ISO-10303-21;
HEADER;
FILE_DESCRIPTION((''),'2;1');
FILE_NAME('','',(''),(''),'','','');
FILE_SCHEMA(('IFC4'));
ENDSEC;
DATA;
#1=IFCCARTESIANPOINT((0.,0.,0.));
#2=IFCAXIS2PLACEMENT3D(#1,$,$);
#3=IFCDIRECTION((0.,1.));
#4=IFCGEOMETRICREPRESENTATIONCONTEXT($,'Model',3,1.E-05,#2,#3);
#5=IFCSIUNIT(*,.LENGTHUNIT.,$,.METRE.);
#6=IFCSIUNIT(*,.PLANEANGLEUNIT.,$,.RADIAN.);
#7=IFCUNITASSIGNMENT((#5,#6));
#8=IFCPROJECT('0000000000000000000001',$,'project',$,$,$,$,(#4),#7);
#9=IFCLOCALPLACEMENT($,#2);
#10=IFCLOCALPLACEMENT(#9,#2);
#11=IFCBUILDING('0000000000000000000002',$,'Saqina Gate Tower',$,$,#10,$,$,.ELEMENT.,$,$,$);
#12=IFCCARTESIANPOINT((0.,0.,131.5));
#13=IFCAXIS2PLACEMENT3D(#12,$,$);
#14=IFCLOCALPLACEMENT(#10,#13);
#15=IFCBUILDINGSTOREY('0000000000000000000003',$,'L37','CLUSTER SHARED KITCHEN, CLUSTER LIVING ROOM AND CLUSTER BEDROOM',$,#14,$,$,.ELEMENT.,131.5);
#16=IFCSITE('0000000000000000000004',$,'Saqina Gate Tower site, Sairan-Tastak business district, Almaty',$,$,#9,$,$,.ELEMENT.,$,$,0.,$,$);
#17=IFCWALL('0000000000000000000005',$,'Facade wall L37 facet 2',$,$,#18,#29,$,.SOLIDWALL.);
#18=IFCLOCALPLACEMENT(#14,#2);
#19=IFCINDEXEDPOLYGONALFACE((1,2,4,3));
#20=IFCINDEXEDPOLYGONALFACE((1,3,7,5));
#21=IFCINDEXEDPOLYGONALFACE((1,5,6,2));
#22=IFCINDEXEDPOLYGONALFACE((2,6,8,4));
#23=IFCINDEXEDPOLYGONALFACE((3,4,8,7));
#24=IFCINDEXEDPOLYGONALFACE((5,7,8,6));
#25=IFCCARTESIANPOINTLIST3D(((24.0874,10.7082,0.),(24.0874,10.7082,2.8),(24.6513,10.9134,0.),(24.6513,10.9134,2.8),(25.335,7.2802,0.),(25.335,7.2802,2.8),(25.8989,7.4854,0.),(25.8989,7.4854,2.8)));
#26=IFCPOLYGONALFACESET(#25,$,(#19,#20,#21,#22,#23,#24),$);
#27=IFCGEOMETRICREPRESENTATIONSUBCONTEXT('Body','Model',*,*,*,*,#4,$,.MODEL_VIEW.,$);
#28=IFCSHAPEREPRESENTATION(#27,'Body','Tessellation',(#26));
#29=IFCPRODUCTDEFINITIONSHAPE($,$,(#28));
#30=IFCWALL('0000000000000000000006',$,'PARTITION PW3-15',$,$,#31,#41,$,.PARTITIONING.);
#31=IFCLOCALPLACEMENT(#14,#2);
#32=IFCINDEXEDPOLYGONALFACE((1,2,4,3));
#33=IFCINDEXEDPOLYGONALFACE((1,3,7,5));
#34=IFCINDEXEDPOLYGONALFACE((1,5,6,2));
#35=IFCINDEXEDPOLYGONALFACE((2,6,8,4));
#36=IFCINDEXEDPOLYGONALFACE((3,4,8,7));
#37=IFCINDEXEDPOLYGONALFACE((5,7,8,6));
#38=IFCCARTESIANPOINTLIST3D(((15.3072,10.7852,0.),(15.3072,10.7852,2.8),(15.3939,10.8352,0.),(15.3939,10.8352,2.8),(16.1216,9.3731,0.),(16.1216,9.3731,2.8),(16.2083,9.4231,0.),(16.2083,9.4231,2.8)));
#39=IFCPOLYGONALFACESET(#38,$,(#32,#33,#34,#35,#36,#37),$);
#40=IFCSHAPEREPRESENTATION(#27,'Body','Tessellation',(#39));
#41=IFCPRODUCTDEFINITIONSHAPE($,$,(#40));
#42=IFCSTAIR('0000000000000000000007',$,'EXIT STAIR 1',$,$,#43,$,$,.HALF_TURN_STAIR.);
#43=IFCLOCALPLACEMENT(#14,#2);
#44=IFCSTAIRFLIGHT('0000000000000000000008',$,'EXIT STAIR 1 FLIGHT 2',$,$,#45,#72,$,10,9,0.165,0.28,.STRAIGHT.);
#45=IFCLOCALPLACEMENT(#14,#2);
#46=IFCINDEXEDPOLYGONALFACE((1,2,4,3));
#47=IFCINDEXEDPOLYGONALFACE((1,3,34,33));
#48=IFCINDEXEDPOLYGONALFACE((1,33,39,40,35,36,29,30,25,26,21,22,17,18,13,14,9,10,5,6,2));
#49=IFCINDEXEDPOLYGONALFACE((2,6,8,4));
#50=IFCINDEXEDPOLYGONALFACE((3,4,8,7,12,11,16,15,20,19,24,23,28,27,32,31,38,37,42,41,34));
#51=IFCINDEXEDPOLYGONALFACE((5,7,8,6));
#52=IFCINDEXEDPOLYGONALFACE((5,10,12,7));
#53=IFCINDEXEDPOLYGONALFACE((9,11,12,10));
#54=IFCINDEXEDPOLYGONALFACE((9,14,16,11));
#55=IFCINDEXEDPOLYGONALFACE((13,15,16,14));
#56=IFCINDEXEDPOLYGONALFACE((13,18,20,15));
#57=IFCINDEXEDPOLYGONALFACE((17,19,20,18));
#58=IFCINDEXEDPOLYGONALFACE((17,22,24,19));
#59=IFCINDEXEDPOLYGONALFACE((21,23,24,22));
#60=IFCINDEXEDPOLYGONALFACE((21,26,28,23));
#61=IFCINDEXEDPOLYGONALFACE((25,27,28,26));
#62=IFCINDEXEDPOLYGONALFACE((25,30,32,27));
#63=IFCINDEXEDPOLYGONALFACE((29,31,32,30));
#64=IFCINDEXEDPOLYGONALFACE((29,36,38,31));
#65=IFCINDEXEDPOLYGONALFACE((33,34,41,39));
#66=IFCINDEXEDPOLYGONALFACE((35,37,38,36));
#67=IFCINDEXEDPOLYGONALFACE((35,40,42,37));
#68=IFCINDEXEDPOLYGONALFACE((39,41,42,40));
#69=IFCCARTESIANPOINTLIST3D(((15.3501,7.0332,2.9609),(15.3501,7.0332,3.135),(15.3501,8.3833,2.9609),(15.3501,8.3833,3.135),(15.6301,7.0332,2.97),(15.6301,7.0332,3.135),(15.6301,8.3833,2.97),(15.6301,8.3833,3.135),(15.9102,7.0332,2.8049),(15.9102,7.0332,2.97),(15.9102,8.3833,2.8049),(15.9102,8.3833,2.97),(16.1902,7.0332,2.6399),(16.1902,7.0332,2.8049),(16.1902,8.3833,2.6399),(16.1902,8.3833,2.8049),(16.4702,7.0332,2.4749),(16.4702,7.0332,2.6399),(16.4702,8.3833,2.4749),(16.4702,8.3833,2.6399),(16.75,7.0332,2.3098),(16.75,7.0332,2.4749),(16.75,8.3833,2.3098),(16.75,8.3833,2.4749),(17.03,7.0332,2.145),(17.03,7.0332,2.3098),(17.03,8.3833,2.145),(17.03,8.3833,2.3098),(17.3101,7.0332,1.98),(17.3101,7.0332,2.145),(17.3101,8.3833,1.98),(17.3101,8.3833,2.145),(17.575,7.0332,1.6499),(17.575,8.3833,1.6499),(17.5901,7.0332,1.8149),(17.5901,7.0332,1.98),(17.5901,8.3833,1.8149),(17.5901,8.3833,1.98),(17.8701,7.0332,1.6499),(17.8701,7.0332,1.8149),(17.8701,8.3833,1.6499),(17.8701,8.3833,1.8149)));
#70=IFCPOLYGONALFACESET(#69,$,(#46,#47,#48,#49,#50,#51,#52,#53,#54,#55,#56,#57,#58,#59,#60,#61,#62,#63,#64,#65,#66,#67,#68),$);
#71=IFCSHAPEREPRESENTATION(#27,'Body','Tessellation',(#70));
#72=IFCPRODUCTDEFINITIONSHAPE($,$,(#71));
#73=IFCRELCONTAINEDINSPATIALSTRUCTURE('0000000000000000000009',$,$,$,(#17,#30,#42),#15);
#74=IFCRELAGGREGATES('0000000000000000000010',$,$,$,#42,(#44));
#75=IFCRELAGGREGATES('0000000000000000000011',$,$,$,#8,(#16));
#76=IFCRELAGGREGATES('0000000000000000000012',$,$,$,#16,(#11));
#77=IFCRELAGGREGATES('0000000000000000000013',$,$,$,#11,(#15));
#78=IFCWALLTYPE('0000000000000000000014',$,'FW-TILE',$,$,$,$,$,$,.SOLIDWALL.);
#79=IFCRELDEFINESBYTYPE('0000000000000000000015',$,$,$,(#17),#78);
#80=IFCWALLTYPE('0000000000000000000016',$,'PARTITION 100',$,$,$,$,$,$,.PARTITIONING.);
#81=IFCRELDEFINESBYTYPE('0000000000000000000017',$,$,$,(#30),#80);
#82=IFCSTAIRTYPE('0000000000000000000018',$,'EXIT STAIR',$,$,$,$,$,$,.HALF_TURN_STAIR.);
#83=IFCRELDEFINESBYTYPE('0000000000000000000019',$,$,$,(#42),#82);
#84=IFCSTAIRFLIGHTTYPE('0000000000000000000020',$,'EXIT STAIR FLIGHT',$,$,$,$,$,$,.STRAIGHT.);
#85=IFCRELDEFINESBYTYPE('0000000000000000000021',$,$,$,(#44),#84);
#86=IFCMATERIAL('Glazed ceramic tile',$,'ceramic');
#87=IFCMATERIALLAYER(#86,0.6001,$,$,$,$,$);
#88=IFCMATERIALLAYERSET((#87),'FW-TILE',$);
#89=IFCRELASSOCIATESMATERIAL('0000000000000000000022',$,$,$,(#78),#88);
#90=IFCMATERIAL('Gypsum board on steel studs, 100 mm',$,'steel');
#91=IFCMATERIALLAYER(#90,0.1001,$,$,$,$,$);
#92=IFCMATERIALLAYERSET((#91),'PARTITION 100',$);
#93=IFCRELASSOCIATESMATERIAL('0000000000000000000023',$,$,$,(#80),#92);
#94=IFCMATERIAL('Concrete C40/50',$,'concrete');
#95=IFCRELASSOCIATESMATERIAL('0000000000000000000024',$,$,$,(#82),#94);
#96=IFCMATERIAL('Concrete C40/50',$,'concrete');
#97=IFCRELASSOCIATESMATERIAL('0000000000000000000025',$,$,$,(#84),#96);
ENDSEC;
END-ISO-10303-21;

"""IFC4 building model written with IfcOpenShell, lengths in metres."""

from ifc_helpers import new_model, si_unit, direction, frame, frame_2d, origin, place, context, subcontext, project, spatial, polyline, rectangle, outline, extrude, material, layer, layer_set, type_object, element, aggregate, save


model = new_model("IFC4")

# Units and contexts
model_context = context("Model", 3, precision=1e-05, world=origin(), true_north=direction((0.0, 1.0)))
body_context = subcontext(model_context, "Body", "Model", "MODEL_VIEW")
ifc_project = project(units=[si_unit("LENGTHUNIT", "METRE"), si_unit("PLANEANGLEUNIT", "RADIAN")], contexts=[model_context])

# Site, building, storey
site_placement = place(None, origin())
site = spatial("IfcSite", under=ifc_project, at=site_placement, Name="Saqina Gate Tower site, Sairan-Tastak business district, Almaty", CompositionType="ELEMENT", RefElevation=0.0)
building_placement = place(site_placement, origin())
building = spatial("IfcBuilding", under=site, at=building_placement, Name="Saqina Gate Tower", CompositionType="ELEMENT")
storey_placement = place(building_placement, frame((0.0, 0.0, 131.5)))
storey = spatial("IfcBuildingStorey", under=building, at=storey_placement, Name="L37", Description="CLUSTER SHARED KITCHEN, CLUSTER LIVING ROOM AND CLUSTER BEDROOM", CompositionType="ELEMENT", Elevation=131.5)

# Walls
ifc_material_1 = material(Name="Glazed ceramic tile", Category="ceramic")
ifc_layer_1 = layer(ifc_material_1, 0.6001)
ifc_layer_set_1 = layer_set([ifc_layer_1], Name="FW-TILE")
wall_type_1 = type_object("IfcWallType", Name="FW-TILE", PredefinedType="SOLIDWALL", material=ifc_layer_set_1)
wall_1_placement = place(storey_placement, frame((25.6169, 7.3828, 0.0), z_axis=(0.0, 0.0, 1.0), x_axis=(-0.34199, 0.939704, 0.0)))
element("IfcWall", 1, at=wall_1_placement, inside=storey, type_object=wall_type_1, Name="Facade wall L37 facet 2", PredefinedType="SOLIDWALL", context=body_context, shape_type="SweptSolid", body=[
    extrude(rectangle(XDim=3.6479, YDim=0.6001, at=frame_2d((1.824, 0.0))), origin(), (0.0, 0.0, 1.0), 2.8),
])
ifc_material_2 = material(Name="Gypsum board on steel studs, 100 mm", Category="steel")
ifc_layer_2 = layer(ifc_material_2, 0.1001)
ifc_layer_set_2 = layer_set([ifc_layer_2], Name="PARTITION 100")
wall_type_2 = type_object("IfcWallType", Name="PARTITION 100", PredefinedType="PARTITIONING", material=ifc_layer_set_2)
wall_2_placement = place(storey_placement, frame((15.3506, 10.8101, 0.0), z_axis=(0.0, 0.0, 1.0), x_axis=(0.499619, -0.866245, 0.0)))
element("IfcWall", 2, at=wall_2_placement, inside=storey, type_object=wall_type_2, Name="PARTITION PW3-15", PredefinedType="PARTITIONING", context=body_context, shape_type="SweptSolid", body=[
    extrude(rectangle(XDim=1.6301, YDim=0.1001, at=frame_2d((0.8149, 0.0))), origin(), (0.0, 0.0, 1.0), 2.8),
])

# Stair, stair flight
ifc_material_3 = material(Name="Concrete C40/50", Category="concrete")
stair_type = type_object("IfcStairType", Name="EXIT STAIR", PredefinedType="HALF_TURN_STAIR", material=ifc_material_3)
stair_placement = place(storey_placement, origin())
stair = element("IfcStair", 3, at=stair_placement, inside=storey, type_object=stair_type, Name="EXIT STAIR 1", PredefinedType="HALF_TURN_STAIR")
ifc_material_4 = material(Name="Concrete C40/50", Category="concrete")
stair_flight_type = type_object("IfcStairFlightType", Name="EXIT STAIR FLIGHT", PredefinedType="STRAIGHT", material=ifc_material_4)
stair_flight_placement = place(storey_placement, frame((17.8701, 7.7083, 1.6499), z_axis=(0.0, 0.0, 1.0), x_axis=(-1.0, 0.0, 0.0)))
stair_flight = element("IfcStairFlight", 4, at=stair_flight_placement, type_object=stair_flight_type, Name="EXIT STAIR 1 FLIGHT 2", NumberOfRisers=10, NumberOfTreads=9, PredefinedType="STRAIGHT", RiserHeight=0.165, TreadLength=0.28, context=body_context, shape_type="SweptSolid", body=[
    extrude(outline(polyline([(0.0, 0.0), (0.0, 0.165), (0.28, 0.165), (0.28, 0.3301), (0.5601, 0.3301), (0.5601, 0.4951), (0.8401, 0.4951), (0.8401, 0.6599), (1.1201, 0.6599), (1.1201, 0.825), (1.3999, 0.825), (1.3999, 0.99), (1.6799, 0.99), (1.6799, 1.155), (1.96, 1.155), (1.96, 1.3201), (2.24, 1.3201), (2.24, 1.4851), (2.52, 1.4851), (2.52, 1.6499), (2.52, 1.311), (0.2952, 0.0), (0.0, 0.0)])), frame((0.0, 0.675, 0.0), z_axis=(0.0, -1.0, 0.0), x_axis=(1.0, 0.0, 0.0)), (0.0, 0.0, 1.0), 1.3501),
])
aggregate(stair, [stair_flight])

save(model, "model.ifc")
